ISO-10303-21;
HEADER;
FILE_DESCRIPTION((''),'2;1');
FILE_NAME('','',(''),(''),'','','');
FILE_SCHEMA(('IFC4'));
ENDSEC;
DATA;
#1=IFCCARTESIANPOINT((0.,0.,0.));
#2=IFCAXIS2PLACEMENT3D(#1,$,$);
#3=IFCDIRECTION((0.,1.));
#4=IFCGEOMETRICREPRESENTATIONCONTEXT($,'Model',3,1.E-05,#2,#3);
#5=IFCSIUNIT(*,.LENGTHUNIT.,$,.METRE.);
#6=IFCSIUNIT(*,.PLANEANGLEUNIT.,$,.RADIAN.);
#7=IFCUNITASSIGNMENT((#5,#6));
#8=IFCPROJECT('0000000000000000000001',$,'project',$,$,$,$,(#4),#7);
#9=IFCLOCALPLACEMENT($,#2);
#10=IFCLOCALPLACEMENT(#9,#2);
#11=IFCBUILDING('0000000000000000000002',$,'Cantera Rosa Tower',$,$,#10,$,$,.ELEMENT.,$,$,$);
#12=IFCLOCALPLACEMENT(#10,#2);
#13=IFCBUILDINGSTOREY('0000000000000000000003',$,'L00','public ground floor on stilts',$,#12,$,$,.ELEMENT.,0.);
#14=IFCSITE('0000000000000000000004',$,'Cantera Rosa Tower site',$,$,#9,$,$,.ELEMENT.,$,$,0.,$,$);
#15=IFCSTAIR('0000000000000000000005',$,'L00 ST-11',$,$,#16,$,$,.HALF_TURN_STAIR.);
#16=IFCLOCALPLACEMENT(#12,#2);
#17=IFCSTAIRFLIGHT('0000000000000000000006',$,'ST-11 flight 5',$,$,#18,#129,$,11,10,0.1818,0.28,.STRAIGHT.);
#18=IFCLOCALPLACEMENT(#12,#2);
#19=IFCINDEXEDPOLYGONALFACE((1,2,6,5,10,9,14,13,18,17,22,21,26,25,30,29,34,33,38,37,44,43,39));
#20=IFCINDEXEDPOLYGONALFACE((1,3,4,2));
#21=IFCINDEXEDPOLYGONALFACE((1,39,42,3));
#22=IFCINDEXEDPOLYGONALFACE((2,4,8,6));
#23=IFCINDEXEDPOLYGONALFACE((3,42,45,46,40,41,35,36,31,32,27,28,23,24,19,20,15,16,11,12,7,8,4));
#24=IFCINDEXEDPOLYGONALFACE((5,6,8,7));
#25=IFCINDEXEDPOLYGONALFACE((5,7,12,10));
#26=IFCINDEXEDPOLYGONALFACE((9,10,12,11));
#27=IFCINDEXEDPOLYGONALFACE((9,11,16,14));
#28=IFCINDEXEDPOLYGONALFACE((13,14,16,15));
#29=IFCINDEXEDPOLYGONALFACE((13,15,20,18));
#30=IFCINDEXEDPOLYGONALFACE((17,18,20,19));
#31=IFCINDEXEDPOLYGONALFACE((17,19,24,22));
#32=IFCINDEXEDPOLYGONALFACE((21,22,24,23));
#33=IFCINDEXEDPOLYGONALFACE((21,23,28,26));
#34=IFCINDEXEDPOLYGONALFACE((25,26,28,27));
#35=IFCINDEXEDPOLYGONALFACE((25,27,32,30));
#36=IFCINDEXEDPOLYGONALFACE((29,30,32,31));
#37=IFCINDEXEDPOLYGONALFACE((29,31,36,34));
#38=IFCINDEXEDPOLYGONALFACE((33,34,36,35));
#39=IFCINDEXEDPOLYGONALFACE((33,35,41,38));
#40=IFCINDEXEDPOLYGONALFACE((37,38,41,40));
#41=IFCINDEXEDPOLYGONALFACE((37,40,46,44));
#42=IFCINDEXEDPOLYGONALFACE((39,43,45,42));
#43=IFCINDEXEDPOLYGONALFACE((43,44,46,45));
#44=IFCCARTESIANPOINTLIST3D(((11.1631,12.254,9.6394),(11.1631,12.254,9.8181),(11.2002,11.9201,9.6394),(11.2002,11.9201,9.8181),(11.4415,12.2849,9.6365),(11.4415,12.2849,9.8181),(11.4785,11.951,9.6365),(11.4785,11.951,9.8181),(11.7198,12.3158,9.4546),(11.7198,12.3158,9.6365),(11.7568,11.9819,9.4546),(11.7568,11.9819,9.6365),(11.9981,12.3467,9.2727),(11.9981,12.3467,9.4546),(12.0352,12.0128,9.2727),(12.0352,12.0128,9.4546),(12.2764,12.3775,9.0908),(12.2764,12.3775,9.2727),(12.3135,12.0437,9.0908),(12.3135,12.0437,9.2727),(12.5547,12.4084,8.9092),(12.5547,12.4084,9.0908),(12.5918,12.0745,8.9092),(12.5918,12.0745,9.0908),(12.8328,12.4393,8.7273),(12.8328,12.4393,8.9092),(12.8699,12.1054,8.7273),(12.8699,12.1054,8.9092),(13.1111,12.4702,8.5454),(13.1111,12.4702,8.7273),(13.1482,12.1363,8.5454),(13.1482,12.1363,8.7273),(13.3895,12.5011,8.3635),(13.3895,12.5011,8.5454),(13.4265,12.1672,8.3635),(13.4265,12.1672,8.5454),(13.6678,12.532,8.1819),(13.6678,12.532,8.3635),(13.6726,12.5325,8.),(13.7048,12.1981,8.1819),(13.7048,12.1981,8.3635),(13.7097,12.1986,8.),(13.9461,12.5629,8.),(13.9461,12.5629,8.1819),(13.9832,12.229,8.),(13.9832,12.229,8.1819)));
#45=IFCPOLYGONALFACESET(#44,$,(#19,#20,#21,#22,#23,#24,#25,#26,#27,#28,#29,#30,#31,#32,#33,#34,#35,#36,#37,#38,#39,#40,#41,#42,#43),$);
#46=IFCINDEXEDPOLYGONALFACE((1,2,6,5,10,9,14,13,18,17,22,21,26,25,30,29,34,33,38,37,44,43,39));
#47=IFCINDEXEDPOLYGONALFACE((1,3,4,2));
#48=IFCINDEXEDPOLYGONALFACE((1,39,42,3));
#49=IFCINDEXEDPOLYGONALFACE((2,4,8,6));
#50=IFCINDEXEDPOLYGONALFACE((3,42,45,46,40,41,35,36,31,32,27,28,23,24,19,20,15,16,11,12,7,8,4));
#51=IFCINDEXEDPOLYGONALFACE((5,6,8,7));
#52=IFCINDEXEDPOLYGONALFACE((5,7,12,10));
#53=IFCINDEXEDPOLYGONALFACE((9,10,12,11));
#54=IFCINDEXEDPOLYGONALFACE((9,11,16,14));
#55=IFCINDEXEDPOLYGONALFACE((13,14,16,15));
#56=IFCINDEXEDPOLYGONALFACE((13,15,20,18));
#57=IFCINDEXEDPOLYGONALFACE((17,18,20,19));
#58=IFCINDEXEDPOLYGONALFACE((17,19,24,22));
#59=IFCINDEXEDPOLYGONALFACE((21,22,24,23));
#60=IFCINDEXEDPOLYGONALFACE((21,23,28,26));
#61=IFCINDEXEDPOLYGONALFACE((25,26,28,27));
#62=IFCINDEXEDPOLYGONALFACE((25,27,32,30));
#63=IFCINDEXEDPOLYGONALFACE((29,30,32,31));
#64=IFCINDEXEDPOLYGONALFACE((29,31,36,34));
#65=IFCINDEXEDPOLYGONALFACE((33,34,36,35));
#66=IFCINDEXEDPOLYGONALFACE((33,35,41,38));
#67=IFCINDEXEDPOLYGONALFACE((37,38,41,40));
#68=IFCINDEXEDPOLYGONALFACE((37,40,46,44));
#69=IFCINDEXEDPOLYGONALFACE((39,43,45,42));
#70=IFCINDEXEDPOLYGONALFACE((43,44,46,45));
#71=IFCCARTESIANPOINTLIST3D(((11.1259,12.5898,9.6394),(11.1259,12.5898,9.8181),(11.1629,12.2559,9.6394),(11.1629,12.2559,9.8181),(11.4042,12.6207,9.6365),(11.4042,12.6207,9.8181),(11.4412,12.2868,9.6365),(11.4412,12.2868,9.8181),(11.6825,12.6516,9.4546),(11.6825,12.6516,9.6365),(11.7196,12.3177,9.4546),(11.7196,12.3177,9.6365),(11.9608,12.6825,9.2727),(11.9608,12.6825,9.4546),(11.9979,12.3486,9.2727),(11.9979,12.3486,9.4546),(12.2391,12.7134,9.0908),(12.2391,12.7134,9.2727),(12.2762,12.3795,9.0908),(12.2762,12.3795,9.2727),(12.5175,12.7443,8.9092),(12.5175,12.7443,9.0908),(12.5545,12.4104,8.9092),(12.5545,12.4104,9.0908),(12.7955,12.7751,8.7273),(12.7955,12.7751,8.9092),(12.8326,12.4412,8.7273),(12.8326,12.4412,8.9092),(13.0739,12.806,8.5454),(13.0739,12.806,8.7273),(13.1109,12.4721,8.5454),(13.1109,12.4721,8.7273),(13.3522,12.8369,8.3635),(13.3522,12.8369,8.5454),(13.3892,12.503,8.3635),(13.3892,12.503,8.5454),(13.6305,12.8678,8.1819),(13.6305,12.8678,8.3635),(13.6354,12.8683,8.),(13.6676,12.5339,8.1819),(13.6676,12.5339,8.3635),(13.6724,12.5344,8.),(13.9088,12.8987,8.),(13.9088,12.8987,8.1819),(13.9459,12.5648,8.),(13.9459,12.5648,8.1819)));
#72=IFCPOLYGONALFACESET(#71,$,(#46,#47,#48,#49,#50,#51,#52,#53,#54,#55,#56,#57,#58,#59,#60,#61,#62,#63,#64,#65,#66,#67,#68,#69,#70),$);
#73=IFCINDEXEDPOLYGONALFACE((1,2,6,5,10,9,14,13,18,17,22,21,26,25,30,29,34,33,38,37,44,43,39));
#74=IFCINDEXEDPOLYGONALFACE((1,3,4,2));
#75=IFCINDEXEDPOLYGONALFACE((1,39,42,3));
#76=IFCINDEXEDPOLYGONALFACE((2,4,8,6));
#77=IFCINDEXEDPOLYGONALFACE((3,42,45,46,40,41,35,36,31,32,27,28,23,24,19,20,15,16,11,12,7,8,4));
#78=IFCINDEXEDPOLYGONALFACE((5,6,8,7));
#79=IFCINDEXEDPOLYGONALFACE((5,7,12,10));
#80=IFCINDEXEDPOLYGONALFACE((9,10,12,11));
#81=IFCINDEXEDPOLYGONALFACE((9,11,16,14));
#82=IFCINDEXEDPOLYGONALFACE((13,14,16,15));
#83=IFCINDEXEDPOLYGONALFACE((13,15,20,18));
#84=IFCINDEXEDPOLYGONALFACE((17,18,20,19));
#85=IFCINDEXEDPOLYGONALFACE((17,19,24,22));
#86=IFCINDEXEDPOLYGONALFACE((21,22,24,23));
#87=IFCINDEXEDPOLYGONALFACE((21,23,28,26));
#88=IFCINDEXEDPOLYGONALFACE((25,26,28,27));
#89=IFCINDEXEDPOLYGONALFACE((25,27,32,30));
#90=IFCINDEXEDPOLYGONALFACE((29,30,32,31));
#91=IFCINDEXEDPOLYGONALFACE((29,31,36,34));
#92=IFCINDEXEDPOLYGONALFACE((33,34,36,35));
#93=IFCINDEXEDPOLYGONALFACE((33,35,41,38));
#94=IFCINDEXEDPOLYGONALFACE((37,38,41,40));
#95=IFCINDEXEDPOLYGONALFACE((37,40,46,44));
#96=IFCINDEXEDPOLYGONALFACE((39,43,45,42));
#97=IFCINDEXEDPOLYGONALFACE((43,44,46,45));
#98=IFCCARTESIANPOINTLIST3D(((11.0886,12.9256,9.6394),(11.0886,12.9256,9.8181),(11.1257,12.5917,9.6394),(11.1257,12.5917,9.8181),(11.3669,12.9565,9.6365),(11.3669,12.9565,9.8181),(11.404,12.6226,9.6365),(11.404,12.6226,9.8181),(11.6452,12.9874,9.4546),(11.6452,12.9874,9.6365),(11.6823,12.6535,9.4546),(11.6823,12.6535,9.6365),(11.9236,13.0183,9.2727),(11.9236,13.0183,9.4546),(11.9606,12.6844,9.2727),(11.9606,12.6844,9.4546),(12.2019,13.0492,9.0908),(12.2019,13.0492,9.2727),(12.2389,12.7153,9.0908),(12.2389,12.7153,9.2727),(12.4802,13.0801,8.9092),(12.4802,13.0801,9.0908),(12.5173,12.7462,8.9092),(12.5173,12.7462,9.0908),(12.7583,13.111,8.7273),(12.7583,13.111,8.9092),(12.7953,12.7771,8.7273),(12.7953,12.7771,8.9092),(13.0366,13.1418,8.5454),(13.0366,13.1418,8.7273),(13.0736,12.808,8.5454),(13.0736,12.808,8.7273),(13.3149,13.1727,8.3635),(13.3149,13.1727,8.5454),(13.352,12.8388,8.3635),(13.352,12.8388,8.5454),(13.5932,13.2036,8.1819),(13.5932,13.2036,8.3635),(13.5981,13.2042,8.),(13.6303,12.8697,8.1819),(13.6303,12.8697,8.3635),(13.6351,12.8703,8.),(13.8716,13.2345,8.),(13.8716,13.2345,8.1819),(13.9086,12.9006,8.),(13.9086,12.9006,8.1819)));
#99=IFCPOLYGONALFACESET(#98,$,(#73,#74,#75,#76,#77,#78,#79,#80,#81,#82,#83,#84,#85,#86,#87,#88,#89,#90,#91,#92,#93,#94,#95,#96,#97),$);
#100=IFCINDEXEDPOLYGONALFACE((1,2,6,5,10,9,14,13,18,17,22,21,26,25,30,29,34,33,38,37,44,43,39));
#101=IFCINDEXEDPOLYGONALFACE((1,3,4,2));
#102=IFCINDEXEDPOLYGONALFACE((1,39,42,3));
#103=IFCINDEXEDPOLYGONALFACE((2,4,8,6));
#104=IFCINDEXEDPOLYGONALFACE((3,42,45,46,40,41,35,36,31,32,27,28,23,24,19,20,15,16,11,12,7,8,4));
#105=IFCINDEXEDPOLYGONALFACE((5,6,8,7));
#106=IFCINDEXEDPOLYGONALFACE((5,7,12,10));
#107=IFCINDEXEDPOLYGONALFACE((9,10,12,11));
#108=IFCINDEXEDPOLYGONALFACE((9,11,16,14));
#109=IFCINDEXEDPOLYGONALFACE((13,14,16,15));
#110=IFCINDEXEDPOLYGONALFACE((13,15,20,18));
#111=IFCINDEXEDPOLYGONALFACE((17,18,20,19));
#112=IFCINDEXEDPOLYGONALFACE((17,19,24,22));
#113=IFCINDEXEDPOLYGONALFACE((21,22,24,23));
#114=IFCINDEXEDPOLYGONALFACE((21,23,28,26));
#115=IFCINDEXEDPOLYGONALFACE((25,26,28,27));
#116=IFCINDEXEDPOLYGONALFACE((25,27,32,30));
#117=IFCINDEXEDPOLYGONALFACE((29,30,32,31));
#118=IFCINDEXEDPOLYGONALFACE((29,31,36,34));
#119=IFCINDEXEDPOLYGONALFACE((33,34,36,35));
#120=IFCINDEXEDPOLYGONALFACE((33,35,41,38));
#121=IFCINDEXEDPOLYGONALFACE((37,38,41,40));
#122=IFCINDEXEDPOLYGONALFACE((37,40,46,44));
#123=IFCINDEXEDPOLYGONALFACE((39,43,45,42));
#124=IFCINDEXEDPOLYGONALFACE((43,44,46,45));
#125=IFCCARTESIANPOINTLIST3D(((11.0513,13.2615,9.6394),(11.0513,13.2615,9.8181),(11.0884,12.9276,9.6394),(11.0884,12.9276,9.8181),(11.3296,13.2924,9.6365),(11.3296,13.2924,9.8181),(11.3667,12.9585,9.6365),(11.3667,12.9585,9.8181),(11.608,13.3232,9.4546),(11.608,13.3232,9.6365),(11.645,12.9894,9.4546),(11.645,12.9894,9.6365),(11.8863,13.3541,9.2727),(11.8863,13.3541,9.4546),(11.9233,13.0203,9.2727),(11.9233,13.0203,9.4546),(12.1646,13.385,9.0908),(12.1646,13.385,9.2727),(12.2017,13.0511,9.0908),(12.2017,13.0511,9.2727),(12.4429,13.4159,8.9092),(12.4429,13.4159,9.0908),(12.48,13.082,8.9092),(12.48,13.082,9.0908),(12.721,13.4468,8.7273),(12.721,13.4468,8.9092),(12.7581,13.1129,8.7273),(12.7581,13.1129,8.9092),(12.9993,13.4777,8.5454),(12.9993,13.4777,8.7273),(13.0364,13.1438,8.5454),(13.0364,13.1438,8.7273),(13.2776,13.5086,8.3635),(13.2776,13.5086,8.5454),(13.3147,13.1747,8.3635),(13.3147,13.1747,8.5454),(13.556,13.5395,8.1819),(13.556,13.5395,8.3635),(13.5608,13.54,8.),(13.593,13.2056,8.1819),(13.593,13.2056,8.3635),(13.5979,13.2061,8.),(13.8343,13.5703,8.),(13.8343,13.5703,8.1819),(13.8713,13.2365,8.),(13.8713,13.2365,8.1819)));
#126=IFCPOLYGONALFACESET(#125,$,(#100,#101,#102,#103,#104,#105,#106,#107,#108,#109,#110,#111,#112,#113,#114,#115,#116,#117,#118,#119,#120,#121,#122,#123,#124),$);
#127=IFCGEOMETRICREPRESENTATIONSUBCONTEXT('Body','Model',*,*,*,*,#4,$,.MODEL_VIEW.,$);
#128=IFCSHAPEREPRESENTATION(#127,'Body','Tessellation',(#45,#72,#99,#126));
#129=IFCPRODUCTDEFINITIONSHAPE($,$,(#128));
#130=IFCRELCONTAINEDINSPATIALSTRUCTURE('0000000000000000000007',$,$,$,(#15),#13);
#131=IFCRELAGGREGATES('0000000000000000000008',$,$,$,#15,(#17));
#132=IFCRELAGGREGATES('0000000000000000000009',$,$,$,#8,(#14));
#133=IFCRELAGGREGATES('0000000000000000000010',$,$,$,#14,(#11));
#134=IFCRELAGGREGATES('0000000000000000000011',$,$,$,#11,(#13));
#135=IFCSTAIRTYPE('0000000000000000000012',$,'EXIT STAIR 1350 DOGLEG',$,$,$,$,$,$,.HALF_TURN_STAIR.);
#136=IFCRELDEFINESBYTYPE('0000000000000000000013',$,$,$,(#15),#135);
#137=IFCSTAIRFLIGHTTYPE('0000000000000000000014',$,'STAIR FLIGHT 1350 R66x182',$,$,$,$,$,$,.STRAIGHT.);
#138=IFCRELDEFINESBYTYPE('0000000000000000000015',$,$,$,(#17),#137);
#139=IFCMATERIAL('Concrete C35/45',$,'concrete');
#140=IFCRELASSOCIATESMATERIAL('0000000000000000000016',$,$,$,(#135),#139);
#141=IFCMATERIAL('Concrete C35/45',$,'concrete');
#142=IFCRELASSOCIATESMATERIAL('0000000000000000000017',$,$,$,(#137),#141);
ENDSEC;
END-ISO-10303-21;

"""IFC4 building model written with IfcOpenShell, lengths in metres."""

from ifc_helpers import new_model, si_unit, direction, frame, origin, place, context, subcontext, project, spatial, polyline, outline, extrude, material, type_object, element, aggregate, save


model = new_model("IFC4")

# Units and contexts
model_context = context("Model", 3, precision=1e-05, world=origin(), true_north=direction((0.0, 1.0)))
body_context = subcontext(model_context, "Body", "Model", "MODEL_VIEW")
ifc_project = project(units=[si_unit("LENGTHUNIT", "METRE"), si_unit("PLANEANGLEUNIT", "RADIAN")], contexts=[model_context])

# Site, building, storey
site_placement = place(None, origin())
site = spatial("IfcSite", under=ifc_project, at=site_placement, Name="Cantera Rosa Tower site", CompositionType="ELEMENT", RefElevation=0.0)
building_placement = place(site_placement, origin())
building = spatial("IfcBuilding", under=site, at=building_placement, Name="Cantera Rosa Tower", CompositionType="ELEMENT")
storey_placement = place(building_placement, origin())
storey = spatial("IfcBuildingStorey", under=building, at=storey_placement, Name="L00", Description="public ground floor on stilts", CompositionType="ELEMENT", Elevation=0.0)

# Stair, stair flight
ifc_material_1 = material(Name="Concrete C35/45", Category="concrete")
stair_type = type_object("IfcStairType", Name="EXIT STAIR 1350 DOGLEG", PredefinedType="HALF_TURN_STAIR", material=ifc_material_1)
stair_placement = place(storey_placement, origin())
stair = element("IfcStair", 1, at=stair_placement, inside=storey, type_object=stair_type, Name="L00 ST-11", PredefinedType="HALF_TURN_STAIR")
ifc_material_2 = material(Name="Concrete C35/45", Category="concrete")
stair_flight_type = type_object("IfcStairFlightType", Name="STAIR FLIGHT 1350 R66x182", PredefinedType="STRAIGHT", material=ifc_material_2)
stair_flight_1_placement = place(storey_placement, frame((13.9087, 12.8999, 8.0), z_axis=(0.0, 0.0, 1.0), x_axis=(-0.993897, -0.110313, 0.0)))
stair_flight_1 = element("IfcStairFlight", 2, at=stair_flight_1_placement, type_object=stair_flight_type, Name="ST-11 flight 5", NumberOfRisers=11, NumberOfTreads=10, PredefinedType="STRAIGHT", RiserHeight=0.1818, TreadLength=0.28, context=body_context, shape_type="SweptSolid", body=[
    extrude(outline(polyline([(0.0, 0.0), (0.0, 0.1819), (0.28, 0.1819), (0.28, 0.3635), (0.5601, 0.3635), (0.5601, 0.5454), (0.8401, 0.5454), (0.8401, 0.7273), (1.1201, 0.7273), (1.1201, 0.9092), (1.3999, 0.9092), (1.3999, 1.0908), (1.6799, 1.0908), (1.6799, 1.2727), (1.96, 1.2727), (1.96, 1.4546), (2.24, 1.4546), (2.24, 1.6365), (2.52, 1.6365), (2.52, 1.8181), (2.8, 1.8181), (2.8, 2.0), (2.8, 1.6394), (0.2751, 0.0), (0.0, 0.0)])), frame((0.0, 0.675, 0.0), z_axis=(0.0, -1.0, 0.0), x_axis=(1.0, 0.0, 0.0)), (0.0, 0.0, 1.0), 0.3359),
    extrude(outline(polyline([(0.0, 0.0), (0.0, 0.1819), (0.28, 0.1819), (0.28, 0.3635), (0.5601, 0.3635), (0.5601, 0.5454), (0.8401, 0.5454), (0.8401, 0.7273), (1.1201, 0.7273), (1.1201, 0.9092), (1.3999, 0.9092), (1.3999, 1.0908), (1.6799, 1.0908), (1.6799, 1.2727), (1.96, 1.2727), (1.96, 1.4546), (2.24, 1.4546), (2.24, 1.6365), (2.52, 1.6365), (2.52, 1.8181), (2.8, 1.8181), (2.8, 2.0), (2.8, 1.6394), (0.2751, 0.0), (0.0, 0.0)])), frame((0.0, 0.3372, 0.0), z_axis=(0.0, -1.0, 0.0), x_axis=(1.0, 0.0, 0.0)), (0.0, 0.0, 1.0), 0.3359),
    extrude(outline(polyline([(0.0, 0.0), (0.0, 0.1819), (0.28, 0.1819), (0.28, 0.3635), (0.5601, 0.3635), (0.5601, 0.5454), (0.8401, 0.5454), (0.8401, 0.7273), (1.1201, 0.7273), (1.1201, 0.9092), (1.3999, 0.9092), (1.3999, 1.0908), (1.6799, 1.0908), (1.6799, 1.2727), (1.96, 1.2727), (1.96, 1.4546), (2.24, 1.4546), (2.24, 1.6365), (2.52, 1.6365), (2.52, 1.8181), (2.8, 1.8181), (2.8, 2.0), (2.8, 1.6394), (0.2751, 0.0), (0.0, 0.0)])), frame((0.0, -0.0007, 0.0), z_axis=(0.0, -1.0, 0.0), x_axis=(1.0, 0.0, 0.0)), (0.0, 0.0, 1.0), 0.3359),
    extrude(outline(polyline([(0.0, 0.0), (0.0, 0.1819), (0.28, 0.1819), (0.28, 0.3635), (0.5601, 0.3635), (0.5601, 0.5454), (0.8401, 0.5454), (0.8401, 0.7273), (1.1201, 0.7273), (1.1201, 0.9092), (1.3999, 0.9092), (1.3999, 1.0908), (1.6799, 1.0908), (1.6799, 1.2727), (1.96, 1.2727), (1.96, 1.4546), (2.24, 1.4546), (2.24, 1.6365), (2.52, 1.6365), (2.52, 1.8181), (2.8, 1.8181), (2.8, 2.0), (2.8, 1.6394), (0.2751, 0.0), (0.0, 0.0)])), frame((0.0, -0.3386, 0.0), z_axis=(0.0, -1.0, 0.0), x_axis=(1.0, 0.0, 0.0)), (0.0, 0.0, 1.0), 0.3359),
])
aggregate(stair, [stair_flight_1])

save(model, "model.ifc")
